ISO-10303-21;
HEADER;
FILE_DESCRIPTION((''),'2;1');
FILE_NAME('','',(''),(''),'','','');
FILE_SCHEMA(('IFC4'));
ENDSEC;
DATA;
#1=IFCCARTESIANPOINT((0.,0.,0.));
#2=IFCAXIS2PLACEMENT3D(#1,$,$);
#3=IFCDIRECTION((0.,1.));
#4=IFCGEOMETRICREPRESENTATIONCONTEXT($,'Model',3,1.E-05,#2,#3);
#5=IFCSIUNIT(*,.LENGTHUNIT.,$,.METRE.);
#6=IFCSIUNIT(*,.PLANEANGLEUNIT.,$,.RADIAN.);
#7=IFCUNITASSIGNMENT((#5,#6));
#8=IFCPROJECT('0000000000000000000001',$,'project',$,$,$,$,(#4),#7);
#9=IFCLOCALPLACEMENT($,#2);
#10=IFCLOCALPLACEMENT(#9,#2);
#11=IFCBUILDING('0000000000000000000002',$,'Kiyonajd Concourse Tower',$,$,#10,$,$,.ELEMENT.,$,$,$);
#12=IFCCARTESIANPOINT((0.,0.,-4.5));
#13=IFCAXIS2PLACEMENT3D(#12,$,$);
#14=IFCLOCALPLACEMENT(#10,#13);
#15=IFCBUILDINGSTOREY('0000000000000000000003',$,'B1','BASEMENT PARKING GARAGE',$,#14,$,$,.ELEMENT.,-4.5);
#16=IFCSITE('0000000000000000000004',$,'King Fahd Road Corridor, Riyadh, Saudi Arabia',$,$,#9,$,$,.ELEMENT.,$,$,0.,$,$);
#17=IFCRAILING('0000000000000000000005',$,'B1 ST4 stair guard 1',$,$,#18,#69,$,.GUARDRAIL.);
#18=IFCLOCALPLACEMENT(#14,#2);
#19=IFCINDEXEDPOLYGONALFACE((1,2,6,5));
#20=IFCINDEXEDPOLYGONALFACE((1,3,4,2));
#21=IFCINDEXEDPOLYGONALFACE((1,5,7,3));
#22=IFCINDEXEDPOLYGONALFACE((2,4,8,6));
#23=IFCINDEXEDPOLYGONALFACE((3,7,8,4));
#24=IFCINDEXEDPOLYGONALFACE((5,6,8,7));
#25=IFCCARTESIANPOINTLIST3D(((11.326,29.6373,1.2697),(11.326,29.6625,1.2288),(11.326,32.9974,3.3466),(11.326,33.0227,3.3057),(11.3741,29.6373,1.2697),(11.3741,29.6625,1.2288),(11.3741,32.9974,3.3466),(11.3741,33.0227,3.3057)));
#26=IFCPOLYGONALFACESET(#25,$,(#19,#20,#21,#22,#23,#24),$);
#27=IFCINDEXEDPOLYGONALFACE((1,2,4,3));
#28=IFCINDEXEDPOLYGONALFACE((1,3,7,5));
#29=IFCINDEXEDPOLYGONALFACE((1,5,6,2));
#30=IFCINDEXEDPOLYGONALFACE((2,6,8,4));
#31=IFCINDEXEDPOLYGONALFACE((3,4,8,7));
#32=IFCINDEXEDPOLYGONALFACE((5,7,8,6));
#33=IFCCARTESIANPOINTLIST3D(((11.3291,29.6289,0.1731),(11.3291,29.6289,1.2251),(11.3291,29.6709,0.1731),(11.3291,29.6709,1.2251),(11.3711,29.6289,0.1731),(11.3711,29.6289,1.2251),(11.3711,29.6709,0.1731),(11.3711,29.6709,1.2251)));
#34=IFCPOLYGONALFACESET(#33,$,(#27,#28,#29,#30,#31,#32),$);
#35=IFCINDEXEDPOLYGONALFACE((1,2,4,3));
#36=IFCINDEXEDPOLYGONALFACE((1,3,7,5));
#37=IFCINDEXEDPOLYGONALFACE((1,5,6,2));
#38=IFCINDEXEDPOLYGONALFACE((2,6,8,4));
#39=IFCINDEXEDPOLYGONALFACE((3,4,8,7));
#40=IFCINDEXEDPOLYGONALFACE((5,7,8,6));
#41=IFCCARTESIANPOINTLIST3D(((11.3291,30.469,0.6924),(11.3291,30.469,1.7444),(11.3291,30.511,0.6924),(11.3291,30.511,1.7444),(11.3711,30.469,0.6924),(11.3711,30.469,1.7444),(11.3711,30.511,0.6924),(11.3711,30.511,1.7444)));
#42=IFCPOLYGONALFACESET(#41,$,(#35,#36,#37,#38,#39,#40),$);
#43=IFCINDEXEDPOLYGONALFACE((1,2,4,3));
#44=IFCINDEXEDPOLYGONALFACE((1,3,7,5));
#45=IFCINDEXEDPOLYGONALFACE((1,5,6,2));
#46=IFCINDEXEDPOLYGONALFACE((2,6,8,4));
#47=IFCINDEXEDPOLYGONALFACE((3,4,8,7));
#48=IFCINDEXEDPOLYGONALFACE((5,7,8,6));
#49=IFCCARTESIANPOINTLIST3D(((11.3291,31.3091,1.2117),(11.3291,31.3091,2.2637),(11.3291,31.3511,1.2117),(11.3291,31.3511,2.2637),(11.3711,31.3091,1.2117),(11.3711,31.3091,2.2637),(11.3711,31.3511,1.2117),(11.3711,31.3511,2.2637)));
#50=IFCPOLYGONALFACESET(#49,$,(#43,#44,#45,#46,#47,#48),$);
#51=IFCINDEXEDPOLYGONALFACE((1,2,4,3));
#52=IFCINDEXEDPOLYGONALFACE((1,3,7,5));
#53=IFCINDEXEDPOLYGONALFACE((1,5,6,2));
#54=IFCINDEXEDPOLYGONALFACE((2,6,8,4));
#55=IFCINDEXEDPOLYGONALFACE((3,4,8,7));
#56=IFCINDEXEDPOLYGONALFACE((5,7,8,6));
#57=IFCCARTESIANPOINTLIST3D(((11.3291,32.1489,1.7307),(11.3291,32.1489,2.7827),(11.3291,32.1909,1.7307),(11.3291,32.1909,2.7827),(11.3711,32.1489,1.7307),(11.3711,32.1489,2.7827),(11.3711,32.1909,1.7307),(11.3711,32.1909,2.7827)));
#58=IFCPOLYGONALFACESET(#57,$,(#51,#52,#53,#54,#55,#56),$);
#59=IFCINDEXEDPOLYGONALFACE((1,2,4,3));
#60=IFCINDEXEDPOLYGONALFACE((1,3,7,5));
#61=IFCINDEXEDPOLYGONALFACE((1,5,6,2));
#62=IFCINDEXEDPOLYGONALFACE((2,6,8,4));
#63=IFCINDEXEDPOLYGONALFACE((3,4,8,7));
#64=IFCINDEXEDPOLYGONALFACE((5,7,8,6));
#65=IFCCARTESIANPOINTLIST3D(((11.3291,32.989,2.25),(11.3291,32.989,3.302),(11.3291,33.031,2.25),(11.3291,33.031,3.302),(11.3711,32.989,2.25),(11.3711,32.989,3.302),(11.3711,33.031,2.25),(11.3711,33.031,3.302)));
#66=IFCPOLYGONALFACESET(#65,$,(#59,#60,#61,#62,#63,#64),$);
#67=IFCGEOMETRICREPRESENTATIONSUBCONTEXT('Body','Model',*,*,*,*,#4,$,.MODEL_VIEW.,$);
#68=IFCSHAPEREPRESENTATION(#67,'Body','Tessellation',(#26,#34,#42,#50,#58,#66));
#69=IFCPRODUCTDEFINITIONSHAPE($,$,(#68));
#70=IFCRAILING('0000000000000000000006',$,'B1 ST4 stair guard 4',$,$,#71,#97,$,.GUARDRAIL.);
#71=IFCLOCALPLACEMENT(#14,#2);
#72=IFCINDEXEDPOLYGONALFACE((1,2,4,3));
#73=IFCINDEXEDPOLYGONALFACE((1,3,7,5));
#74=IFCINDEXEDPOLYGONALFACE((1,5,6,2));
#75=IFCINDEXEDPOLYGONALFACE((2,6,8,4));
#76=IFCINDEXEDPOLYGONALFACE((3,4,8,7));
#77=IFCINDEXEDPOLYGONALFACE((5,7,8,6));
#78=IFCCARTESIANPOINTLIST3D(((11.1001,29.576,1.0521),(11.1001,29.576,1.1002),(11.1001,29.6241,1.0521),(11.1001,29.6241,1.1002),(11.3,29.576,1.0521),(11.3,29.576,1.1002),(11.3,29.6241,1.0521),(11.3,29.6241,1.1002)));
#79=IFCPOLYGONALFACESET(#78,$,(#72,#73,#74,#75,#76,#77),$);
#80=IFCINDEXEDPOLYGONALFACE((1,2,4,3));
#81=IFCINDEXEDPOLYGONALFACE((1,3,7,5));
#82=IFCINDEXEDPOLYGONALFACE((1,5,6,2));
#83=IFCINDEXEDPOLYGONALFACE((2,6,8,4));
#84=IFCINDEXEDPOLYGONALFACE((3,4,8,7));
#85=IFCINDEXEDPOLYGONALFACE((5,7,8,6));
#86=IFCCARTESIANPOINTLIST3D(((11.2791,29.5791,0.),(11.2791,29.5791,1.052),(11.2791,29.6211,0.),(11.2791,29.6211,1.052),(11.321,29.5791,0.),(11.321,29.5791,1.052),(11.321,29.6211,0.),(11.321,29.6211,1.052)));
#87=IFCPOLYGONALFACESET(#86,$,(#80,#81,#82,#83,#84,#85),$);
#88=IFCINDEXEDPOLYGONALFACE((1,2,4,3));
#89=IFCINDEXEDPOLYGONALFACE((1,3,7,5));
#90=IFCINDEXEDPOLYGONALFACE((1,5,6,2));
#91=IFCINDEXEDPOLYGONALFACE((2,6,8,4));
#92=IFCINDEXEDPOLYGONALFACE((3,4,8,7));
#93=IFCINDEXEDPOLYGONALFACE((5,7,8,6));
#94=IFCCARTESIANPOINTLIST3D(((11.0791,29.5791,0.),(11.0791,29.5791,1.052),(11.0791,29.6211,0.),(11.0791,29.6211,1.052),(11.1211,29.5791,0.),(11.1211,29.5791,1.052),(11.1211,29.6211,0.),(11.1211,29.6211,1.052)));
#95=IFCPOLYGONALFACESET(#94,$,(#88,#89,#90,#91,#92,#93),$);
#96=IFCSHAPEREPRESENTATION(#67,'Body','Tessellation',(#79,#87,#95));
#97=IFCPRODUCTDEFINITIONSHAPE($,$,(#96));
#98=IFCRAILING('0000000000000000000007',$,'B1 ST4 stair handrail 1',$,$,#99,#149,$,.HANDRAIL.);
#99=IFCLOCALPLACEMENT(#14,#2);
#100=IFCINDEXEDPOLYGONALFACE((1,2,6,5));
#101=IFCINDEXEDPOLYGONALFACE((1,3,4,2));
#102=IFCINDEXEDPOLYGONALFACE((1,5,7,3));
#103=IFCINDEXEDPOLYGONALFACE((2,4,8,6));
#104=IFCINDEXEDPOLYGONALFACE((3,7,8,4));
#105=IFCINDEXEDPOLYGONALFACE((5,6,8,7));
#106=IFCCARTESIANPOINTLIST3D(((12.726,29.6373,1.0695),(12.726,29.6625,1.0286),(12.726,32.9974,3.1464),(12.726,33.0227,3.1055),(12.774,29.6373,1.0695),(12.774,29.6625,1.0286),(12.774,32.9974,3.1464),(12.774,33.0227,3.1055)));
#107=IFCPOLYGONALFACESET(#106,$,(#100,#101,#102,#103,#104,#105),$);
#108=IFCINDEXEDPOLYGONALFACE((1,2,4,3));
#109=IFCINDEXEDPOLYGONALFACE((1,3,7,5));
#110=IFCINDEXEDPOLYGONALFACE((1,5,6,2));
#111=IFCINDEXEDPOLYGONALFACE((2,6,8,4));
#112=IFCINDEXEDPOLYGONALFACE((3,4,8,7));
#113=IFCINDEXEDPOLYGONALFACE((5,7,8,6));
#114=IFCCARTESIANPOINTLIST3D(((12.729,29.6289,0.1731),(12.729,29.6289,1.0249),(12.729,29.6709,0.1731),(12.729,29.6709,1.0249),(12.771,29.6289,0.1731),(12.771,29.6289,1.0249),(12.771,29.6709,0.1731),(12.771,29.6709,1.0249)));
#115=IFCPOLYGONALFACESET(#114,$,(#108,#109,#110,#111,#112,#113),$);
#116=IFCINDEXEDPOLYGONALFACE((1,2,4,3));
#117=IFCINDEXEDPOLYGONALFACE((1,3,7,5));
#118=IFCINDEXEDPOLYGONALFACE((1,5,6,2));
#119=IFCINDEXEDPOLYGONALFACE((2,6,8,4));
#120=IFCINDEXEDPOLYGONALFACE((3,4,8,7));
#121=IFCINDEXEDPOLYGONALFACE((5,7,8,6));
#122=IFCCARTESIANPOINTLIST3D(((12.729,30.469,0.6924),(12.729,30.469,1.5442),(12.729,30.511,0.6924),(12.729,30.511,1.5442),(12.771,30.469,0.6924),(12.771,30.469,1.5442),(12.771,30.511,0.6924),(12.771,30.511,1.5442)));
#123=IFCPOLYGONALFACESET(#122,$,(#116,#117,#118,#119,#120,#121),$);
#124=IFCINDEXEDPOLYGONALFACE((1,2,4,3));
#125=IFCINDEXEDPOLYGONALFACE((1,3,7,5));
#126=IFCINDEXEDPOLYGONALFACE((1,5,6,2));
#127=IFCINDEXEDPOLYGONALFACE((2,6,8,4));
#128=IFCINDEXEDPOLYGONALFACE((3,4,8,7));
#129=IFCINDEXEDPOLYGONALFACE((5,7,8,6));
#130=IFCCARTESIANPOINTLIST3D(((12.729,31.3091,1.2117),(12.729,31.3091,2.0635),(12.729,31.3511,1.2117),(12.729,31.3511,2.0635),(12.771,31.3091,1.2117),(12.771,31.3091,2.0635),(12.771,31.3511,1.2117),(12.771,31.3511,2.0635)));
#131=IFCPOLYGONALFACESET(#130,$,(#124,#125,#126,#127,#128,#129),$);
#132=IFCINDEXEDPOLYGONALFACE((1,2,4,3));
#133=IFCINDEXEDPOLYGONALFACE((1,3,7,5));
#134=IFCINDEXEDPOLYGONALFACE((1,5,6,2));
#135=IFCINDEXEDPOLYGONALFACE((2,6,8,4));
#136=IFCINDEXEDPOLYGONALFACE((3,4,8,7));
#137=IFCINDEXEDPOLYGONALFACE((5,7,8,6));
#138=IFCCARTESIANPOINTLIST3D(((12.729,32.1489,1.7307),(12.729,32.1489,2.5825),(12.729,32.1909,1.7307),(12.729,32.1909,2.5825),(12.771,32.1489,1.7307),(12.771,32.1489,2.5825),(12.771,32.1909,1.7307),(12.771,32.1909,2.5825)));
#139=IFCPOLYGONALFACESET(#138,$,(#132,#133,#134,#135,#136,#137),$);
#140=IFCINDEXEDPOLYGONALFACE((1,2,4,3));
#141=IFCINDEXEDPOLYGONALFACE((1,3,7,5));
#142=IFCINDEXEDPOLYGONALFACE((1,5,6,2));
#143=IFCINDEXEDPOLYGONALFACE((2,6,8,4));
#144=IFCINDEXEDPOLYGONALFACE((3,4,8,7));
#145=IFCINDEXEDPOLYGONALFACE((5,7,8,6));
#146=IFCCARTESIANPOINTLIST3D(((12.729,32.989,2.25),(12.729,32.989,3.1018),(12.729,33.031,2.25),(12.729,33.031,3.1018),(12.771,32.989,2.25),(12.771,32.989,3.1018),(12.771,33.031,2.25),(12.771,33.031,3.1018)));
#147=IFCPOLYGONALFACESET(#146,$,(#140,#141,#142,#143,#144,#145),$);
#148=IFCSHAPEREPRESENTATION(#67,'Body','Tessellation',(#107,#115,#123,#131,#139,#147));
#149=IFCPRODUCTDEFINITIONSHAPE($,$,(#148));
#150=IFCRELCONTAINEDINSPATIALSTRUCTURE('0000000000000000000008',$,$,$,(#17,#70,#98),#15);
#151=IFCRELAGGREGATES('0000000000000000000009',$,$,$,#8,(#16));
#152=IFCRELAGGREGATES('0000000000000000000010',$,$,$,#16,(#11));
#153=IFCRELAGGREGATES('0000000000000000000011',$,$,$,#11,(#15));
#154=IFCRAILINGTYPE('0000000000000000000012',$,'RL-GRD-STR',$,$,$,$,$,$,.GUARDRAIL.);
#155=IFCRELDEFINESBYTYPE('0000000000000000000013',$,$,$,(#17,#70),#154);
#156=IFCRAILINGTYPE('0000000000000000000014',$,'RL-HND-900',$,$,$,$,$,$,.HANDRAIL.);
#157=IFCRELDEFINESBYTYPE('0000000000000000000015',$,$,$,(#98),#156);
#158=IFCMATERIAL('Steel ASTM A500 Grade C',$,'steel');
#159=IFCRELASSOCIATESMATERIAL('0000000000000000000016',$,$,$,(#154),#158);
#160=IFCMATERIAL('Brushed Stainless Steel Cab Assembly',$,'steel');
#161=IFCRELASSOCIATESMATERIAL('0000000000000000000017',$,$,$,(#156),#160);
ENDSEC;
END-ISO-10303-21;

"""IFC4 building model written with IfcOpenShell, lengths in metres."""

from ifc_helpers import new_model, si_unit, direction, frame, origin, origin_2d, place, context, subcontext, project, spatial, rectangle, extrude, material, type_object, element, save


model = new_model("IFC4")

# Units and contexts
model_context = context("Model", 3, precision=1e-05, world=origin(), true_north=direction((0.0, 1.0)))
body_context = subcontext(model_context, "Body", "Model", "MODEL_VIEW")
ifc_project = project(units=[si_unit("LENGTHUNIT", "METRE"), si_unit("PLANEANGLEUNIT", "RADIAN")], contexts=[model_context])

# Site, building, storey
site_placement = place(None, origin())
site = spatial("IfcSite", under=ifc_project, at=site_placement, Name="King Fahd Road Corridor, Riyadh, Saudi Arabia", CompositionType="ELEMENT", RefElevation=0.0)
building_placement = place(site_placement, origin())
building = spatial("IfcBuilding", under=site, at=building_placement, Name="Kiyonajd Concourse Tower", CompositionType="ELEMENT")
storey_placement = place(building_placement, frame((0.0, 0.0, -4.5)))
storey = spatial("IfcBuildingStorey", under=building, at=storey_placement, Name="B1", Description="BASEMENT PARKING GARAGE", CompositionType="ELEMENT", Elevation=-4.5)

# Shared definitions
ifc_material_1 = material(Name="Brushed Stainless Steel Cab Assembly", Category="steel")

# Railings
ifc_material_2 = material(Name="Steel ASTM A500 Grade C", Category="steel")
railing_type_1 = type_object("IfcRailingType", Name="RL-GRD-STR", PredefinedType="GUARDRAIL", material=ifc_material_2)
railing_1_placement = place(storey_placement, frame((11.3501, 29.6499, 0.1731)))
element("IfcRailing", 1, at=railing_1_placement, inside=storey, type_object=railing_type_1, Name="B1 ST4 stair guard 1", PredefinedType="GUARDRAIL", context=body_context, shape_type="SweptSolid", body=[
    extrude(rectangle(XDim=0.0481, YDim=0.0481, at=origin_2d()), frame((0.0, 0.0, 1.0762), z_axis=(0.0, 0.850623, 0.525776), x_axis=(-1.0, 0.0, 0.0)), (0.0, 0.0, 1.0), 3.9502),
    extrude(rectangle(XDim=0.042, YDim=0.042, at=origin_2d()), origin(), (0.0, 0.0, 1.0), 1.052),
    extrude(rectangle(XDim=0.042, YDim=0.042, at=origin_2d()), frame((0.0, 0.8401, 0.5193)), (0.0, 0.0, 1.0), 1.052),
    extrude(rectangle(XDim=0.042, YDim=0.042, at=origin_2d()), frame((0.0, 1.6802, 1.0386)), (0.0, 0.0, 1.0), 1.052),
    extrude(rectangle(XDim=0.042, YDim=0.042, at=origin_2d()), frame((0.0, 2.52, 1.5576)), (0.0, 0.0, 1.0), 1.052),
    extrude(rectangle(XDim=0.042, YDim=0.042, at=origin_2d()), frame((0.0, 3.3601, 2.0769)), (0.0, 0.0, 1.0), 1.052),
])
railing_2_placement = place(storey_placement, frame((11.3, 29.6001, 0.0)))
element("IfcRailing", 2, at=railing_2_placement, inside=storey, type_object=railing_type_1, Name="B1 ST4 stair guard 4", PredefinedType="GUARDRAIL", context=body_context, shape_type="SweptSolid", body=[
    extrude(rectangle(XDim=0.0481, YDim=0.0481, at=origin_2d()), frame((0.0, 0.0, 1.0762), z_axis=(-1.0, 0.0, 0.0), x_axis=(0.0, -1.0, 0.0)), (0.0, 0.0, 1.0), 0.2),
    extrude(rectangle(XDim=0.042, YDim=0.042, at=origin_2d()), origin(), (0.0, 0.0, 1.0), 1.052),
    extrude(rectangle(XDim=0.042, YDim=0.042, at=origin_2d()), frame((-0.2, 0.0, 0.0)), (0.0, 0.0, 1.0), 1.052),
])
railing_type_2 = type_object("IfcRailingType", Name="RL-HND-900", PredefinedType="HANDRAIL", material=ifc_material_1)
railing_3_placement = place(storey_placement, frame((12.75, 29.6499, 0.1731)))
element("IfcRailing", 3, at=railing_3_placement, inside=storey, type_object=railing_type_2, Name="B1 ST4 stair handrail 1", PredefinedType="HANDRAIL", context=body_context, shape_type="SweptSolid", body=[
    extrude(rectangle(XDim=0.0481, YDim=0.0481, at=origin_2d()), frame((0.0, 0.0, 0.876), z_axis=(0.0, 0.850623, 0.525776), x_axis=(-1.0, 0.0, 0.0)), (0.0, 0.0, 1.0), 3.9502),
    extrude(rectangle(XDim=0.042, YDim=0.042, at=origin_2d()), origin(), (0.0, 0.0, 1.0), 0.8518),
    extrude(rectangle(XDim=0.042, YDim=0.042, at=origin_2d()), frame((0.0, 0.8401, 0.5193)), (0.0, 0.0, 1.0), 0.8518),
    extrude(rectangle(XDim=0.042, YDim=0.042, at=origin_2d()), frame((0.0, 1.6802, 1.0386)), (0.0, 0.0, 1.0), 0.8518),
    extrude(rectangle(XDim=0.042, YDim=0.042, at=origin_2d()), frame((0.0, 2.52, 1.5576)), (0.0, 0.0, 1.0), 0.8518),
    extrude(rectangle(XDim=0.042, YDim=0.042, at=origin_2d()), frame((0.0, 3.3601, 2.0769)), (0.0, 0.0, 1.0), 0.8518),
])

save(model, "model.ifc")
